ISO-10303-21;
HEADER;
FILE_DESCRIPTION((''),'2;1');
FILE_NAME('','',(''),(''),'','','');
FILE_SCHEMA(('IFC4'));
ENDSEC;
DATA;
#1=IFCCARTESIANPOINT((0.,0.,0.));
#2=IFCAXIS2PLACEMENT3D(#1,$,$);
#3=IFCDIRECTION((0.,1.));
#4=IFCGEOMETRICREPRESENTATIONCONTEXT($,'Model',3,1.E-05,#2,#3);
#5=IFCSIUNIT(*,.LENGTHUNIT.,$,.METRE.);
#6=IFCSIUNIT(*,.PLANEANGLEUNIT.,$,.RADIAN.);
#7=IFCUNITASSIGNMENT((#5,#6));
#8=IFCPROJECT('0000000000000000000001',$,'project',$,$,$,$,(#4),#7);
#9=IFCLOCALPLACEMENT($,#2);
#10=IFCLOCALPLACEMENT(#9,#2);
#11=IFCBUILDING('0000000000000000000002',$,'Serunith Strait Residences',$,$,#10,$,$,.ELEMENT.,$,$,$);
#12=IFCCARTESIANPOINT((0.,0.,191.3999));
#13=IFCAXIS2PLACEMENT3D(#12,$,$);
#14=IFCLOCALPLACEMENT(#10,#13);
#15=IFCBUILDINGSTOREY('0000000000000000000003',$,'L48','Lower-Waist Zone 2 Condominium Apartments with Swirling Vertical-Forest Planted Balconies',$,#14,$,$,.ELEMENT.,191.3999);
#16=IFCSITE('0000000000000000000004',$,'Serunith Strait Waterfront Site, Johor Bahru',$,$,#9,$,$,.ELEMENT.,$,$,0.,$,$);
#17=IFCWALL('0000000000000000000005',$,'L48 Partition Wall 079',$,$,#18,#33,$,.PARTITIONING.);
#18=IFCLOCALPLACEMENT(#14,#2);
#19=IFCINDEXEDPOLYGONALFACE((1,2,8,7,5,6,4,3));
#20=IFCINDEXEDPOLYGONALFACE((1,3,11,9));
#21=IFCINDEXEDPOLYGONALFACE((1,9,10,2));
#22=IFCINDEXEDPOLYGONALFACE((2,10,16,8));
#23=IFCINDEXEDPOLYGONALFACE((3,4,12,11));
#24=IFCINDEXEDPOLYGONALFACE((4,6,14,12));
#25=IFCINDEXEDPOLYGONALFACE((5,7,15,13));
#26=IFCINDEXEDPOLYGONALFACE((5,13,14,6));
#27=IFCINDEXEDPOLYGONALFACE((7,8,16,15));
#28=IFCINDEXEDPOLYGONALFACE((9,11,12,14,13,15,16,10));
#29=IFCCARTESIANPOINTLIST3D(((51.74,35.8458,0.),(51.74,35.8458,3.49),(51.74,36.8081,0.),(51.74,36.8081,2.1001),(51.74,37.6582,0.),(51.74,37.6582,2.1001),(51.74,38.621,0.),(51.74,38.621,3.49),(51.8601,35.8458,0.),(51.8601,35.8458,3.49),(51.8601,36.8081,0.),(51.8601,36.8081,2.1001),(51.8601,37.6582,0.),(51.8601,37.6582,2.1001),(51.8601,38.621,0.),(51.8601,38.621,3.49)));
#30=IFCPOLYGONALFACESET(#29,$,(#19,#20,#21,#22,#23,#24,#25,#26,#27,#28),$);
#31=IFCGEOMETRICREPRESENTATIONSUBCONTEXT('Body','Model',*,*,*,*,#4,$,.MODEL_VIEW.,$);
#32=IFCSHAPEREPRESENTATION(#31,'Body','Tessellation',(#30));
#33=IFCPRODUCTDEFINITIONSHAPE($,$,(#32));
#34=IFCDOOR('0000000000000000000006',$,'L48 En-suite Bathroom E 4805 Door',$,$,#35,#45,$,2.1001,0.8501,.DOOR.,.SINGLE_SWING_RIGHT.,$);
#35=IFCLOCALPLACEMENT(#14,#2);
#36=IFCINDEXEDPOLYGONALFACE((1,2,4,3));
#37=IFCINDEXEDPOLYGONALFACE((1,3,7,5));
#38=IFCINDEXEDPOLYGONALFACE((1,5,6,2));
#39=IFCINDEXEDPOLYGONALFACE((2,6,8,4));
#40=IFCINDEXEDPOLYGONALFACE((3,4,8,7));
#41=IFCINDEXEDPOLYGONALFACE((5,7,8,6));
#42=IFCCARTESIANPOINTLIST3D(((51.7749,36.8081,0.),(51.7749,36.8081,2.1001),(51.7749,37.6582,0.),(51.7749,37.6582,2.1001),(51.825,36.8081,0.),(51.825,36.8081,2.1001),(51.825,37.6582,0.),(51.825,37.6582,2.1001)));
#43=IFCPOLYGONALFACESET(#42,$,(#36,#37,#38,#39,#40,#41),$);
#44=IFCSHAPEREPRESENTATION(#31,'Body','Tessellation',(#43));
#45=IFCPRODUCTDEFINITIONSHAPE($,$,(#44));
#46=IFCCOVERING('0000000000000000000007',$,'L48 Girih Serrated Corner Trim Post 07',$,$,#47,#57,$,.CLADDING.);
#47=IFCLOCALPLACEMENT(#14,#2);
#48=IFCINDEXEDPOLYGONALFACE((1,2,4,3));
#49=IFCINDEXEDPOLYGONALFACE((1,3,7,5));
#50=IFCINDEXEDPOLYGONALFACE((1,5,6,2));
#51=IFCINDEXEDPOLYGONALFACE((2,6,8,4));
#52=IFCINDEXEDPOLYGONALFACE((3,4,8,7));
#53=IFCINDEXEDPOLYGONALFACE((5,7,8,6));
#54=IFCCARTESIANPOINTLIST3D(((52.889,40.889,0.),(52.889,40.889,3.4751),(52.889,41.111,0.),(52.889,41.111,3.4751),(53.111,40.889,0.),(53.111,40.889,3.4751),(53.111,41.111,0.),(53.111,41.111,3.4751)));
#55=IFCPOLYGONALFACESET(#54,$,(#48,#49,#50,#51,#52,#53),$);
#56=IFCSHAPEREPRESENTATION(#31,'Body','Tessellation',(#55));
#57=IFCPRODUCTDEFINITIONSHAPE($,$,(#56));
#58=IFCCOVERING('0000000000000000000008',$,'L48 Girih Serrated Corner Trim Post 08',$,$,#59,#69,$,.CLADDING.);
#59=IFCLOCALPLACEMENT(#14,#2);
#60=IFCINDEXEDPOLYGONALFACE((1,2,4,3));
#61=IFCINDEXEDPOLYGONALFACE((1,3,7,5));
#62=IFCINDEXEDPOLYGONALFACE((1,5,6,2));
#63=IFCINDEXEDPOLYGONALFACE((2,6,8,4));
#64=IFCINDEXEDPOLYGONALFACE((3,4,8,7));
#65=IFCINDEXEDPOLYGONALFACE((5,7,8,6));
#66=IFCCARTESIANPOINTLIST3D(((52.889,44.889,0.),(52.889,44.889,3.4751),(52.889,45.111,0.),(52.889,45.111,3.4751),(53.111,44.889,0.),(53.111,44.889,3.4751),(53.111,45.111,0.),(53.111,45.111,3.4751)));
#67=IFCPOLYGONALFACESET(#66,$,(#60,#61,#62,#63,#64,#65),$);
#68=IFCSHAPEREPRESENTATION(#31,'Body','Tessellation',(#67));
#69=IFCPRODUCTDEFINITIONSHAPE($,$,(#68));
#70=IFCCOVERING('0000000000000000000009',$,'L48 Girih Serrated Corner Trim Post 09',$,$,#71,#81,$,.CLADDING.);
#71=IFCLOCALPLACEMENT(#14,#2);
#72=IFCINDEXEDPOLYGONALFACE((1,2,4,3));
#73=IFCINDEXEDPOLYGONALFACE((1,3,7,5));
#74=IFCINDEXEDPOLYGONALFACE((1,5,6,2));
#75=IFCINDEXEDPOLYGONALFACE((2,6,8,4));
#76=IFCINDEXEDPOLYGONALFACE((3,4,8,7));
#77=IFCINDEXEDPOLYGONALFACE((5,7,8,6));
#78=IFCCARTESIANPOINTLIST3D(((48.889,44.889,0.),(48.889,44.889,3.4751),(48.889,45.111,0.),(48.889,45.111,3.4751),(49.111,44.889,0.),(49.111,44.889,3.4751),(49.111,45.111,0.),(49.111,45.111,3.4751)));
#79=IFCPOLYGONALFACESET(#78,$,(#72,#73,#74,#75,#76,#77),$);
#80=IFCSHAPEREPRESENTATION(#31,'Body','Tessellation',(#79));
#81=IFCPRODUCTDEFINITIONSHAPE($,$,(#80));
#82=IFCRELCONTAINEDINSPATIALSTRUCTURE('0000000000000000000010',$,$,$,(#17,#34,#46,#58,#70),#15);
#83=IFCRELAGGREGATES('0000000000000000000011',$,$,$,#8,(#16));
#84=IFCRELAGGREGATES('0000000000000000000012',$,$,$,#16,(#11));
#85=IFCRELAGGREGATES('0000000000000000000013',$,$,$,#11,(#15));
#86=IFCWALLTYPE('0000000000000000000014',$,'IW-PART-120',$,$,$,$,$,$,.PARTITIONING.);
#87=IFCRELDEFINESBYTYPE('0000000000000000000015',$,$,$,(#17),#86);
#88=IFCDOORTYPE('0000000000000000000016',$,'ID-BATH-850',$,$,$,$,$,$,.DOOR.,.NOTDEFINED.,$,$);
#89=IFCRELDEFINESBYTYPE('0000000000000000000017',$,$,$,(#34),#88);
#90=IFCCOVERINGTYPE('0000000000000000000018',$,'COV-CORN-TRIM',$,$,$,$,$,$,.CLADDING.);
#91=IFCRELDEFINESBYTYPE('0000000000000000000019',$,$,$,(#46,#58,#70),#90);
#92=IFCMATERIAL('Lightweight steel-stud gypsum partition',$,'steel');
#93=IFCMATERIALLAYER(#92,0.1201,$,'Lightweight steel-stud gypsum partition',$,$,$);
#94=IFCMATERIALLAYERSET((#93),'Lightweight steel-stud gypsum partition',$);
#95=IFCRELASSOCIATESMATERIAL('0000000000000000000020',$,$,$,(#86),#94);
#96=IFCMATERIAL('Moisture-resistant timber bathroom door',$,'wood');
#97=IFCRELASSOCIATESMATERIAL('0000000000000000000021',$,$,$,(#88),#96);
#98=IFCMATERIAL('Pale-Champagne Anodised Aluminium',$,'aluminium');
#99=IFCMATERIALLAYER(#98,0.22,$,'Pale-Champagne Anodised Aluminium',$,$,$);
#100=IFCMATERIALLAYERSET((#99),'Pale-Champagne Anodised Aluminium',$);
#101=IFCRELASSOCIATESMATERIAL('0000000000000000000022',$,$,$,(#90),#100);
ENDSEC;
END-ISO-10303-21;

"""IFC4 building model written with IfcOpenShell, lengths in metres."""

from ifc_helpers import new_model, si_unit, direction, frame, frame_2d, origin, origin_2d, place, context, subcontext, project, spatial, rectangle, extrude, source, transform, mapped, material, layer, layer_set, type_object, element, fill, save


model = new_model("IFC4")

# Units and contexts
model_context = context("Model", 3, precision=1e-05, world=origin(), true_north=direction((0.0, 1.0)))
body_context = subcontext(model_context, "Body", "Model", "MODEL_VIEW")
ifc_project = project(units=[si_unit("LENGTHUNIT", "METRE"), si_unit("PLANEANGLEUNIT", "RADIAN")], contexts=[model_context])

# Site, building, storey
site_placement = place(None, origin())
site = spatial("IfcSite", under=ifc_project, at=site_placement, Name="Serunith Strait Waterfront Site, Johor Bahru", CompositionType="ELEMENT", RefElevation=0.0)
building_placement = place(site_placement, origin())
building = spatial("IfcBuilding", under=site, at=building_placement, Name="Serunith Strait Residences", CompositionType="ELEMENT")
storey_placement = place(building_placement, frame((0.0, 0.0, 191.3999)))
storey = spatial("IfcBuildingStorey", under=building, at=storey_placement, Name="L48", Description="Lower-Waist Zone 2 Condominium Apartments with Swirling Vertical-Forest Planted Balconies", CompositionType="ELEMENT", Elevation=191.3999)

# Shared definitions
ifc_material_1 = material(Name="Lightweight steel-stud gypsum partition", Category="steel")
ifc_layer_1 = layer(ifc_material_1, 0.1201, Name="Lightweight steel-stud gypsum partition")
ifc_layer_set_1 = layer_set([ifc_layer_1], Name="Lightweight steel-stud gypsum partition")
wall_type_1 = type_object("IfcWallType", Name="IW-PART-120", PredefinedType="PARTITIONING", material=ifc_layer_set_1)

# Wall, opening, door
wall_1_placement = place(storey_placement, frame((51.8, 38.6211, 0.0), z_axis=(0.0, 0.0, 1.0), x_axis=(0.0, -1.0, 0.0)))
wall_1 = element("IfcWall", 1, at=wall_1_placement, inside=storey, type_object=wall_type_1, Name="L48 Partition Wall 079", PredefinedType="PARTITIONING", context=body_context, shape_type="SweptSolid", body=[
    extrude(rectangle(XDim=2.7751, YDim=0.1201, at=frame_2d((1.3877, 0.0))), origin(), (0.0, 0.0, 1.0), 3.49),
])
opening_1_placement = place(wall_1_placement, frame((0.9629, 0.0, 0.0)))
opening_1 = element("IfcOpeningElement", 2, at=opening_1_placement, cuts=wall_1, PredefinedType="OPENING", context=body_context, shape_type="SweptSolid", body=[
    extrude(rectangle(XDim=0.8501, YDim=2.1001, at=frame_2d((0.425, 1.05))), frame((0.0, 0.0701, 0.0), z_axis=(0.0, -1.0, 0.0), x_axis=(1.0, 0.0, 0.0)), (0.0, 0.0, 1.0), 0.1401),
])
ifc_material_2 = material(Name="Moisture-resistant timber bathroom door", Category="wood")
door_type_1 = type_object("IfcDoorType", Name="ID-BATH-850", OperationType="NOTDEFINED", PredefinedType="DOOR", material=ifc_material_2)
shared_shape_1 = source(origin(), body_context, "Body", "SweptSolid", [
    extrude(rectangle(XDim=0.8501, YDim=2.1001, at=frame_2d((0.425, 1.05))), frame((0.0, 0.0249, 0.0), z_axis=(0.0, -1.0, 0.0), x_axis=(1.0, 0.0, 0.0)), (0.0, 0.0, 1.0), 0.05),
])
door_1_placement = place(opening_1_placement, origin())
door_1 = element("IfcDoor", 3, at=door_1_placement, inside=storey, type_object=door_type_1, Name="L48 En-suite Bathroom E 4805 Door", OperationType="SINGLE_SWING_RIGHT", OverallHeight=2.1001, OverallWidth=0.8501, PredefinedType="DOOR", context=body_context, shape_type="MappedRepresentation", body=[
    mapped(shared_shape_1, transform((0.0, 0.0, 0.0), scale=1.0)),
])
fill(opening_1, door_1)

# Coverings
ifc_material_3 = material(Name="Pale-Champagne Anodised Aluminium", Category="aluminium")
ifc_layer_2 = layer(ifc_material_3, 0.22, Name="Pale-Champagne Anodised Aluminium")
ifc_layer_set_2 = layer_set([ifc_layer_2], Name="Pale-Champagne Anodised Aluminium")
covering_type = type_object("IfcCoveringType", Name="COV-CORN-TRIM", PredefinedType="CLADDING", material=ifc_layer_set_2)
shared_shape_2 = source(origin(), body_context, "Body", "SweptSolid", [
    extrude(rectangle(XDim=0.2219, YDim=0.2219, at=origin_2d()), origin(), (0.0, 0.0, 1.0), 3.4751),
])
for number, where, z_axis, x_axis, name in (
    (4, (53.0, 41.0, 0.0), (0.0, 0.0, 1.0), (1.0, 0.0, 0.0), "L48 Girih Serrated Corner Trim Post 07"),
    (5, (53.0, 45.0, 0.0), (0.0, 0.0, 1.0), (1.0, 0.0, 0.0), "L48 Girih Serrated Corner Trim Post 08"),
    (6, (49.0, 45.0, 0.0), (0.0, 0.0, 1.0), (1.0, 0.0, 0.0), "L48 Girih Serrated Corner Trim Post 09"),
):
    element("IfcCovering", number, at=place(storey_placement, frame(where, z_axis=z_axis, x_axis=x_axis)), inside=storey, type_object=covering_type, Name=name, PredefinedType="CLADDING", context=body_context, shape_type="MappedRepresentation", body=[
        mapped(shared_shape_2, transform((0.0, 0.0, 0.0), scale=1.0)),
    ])

save(model, "model.ifc")
